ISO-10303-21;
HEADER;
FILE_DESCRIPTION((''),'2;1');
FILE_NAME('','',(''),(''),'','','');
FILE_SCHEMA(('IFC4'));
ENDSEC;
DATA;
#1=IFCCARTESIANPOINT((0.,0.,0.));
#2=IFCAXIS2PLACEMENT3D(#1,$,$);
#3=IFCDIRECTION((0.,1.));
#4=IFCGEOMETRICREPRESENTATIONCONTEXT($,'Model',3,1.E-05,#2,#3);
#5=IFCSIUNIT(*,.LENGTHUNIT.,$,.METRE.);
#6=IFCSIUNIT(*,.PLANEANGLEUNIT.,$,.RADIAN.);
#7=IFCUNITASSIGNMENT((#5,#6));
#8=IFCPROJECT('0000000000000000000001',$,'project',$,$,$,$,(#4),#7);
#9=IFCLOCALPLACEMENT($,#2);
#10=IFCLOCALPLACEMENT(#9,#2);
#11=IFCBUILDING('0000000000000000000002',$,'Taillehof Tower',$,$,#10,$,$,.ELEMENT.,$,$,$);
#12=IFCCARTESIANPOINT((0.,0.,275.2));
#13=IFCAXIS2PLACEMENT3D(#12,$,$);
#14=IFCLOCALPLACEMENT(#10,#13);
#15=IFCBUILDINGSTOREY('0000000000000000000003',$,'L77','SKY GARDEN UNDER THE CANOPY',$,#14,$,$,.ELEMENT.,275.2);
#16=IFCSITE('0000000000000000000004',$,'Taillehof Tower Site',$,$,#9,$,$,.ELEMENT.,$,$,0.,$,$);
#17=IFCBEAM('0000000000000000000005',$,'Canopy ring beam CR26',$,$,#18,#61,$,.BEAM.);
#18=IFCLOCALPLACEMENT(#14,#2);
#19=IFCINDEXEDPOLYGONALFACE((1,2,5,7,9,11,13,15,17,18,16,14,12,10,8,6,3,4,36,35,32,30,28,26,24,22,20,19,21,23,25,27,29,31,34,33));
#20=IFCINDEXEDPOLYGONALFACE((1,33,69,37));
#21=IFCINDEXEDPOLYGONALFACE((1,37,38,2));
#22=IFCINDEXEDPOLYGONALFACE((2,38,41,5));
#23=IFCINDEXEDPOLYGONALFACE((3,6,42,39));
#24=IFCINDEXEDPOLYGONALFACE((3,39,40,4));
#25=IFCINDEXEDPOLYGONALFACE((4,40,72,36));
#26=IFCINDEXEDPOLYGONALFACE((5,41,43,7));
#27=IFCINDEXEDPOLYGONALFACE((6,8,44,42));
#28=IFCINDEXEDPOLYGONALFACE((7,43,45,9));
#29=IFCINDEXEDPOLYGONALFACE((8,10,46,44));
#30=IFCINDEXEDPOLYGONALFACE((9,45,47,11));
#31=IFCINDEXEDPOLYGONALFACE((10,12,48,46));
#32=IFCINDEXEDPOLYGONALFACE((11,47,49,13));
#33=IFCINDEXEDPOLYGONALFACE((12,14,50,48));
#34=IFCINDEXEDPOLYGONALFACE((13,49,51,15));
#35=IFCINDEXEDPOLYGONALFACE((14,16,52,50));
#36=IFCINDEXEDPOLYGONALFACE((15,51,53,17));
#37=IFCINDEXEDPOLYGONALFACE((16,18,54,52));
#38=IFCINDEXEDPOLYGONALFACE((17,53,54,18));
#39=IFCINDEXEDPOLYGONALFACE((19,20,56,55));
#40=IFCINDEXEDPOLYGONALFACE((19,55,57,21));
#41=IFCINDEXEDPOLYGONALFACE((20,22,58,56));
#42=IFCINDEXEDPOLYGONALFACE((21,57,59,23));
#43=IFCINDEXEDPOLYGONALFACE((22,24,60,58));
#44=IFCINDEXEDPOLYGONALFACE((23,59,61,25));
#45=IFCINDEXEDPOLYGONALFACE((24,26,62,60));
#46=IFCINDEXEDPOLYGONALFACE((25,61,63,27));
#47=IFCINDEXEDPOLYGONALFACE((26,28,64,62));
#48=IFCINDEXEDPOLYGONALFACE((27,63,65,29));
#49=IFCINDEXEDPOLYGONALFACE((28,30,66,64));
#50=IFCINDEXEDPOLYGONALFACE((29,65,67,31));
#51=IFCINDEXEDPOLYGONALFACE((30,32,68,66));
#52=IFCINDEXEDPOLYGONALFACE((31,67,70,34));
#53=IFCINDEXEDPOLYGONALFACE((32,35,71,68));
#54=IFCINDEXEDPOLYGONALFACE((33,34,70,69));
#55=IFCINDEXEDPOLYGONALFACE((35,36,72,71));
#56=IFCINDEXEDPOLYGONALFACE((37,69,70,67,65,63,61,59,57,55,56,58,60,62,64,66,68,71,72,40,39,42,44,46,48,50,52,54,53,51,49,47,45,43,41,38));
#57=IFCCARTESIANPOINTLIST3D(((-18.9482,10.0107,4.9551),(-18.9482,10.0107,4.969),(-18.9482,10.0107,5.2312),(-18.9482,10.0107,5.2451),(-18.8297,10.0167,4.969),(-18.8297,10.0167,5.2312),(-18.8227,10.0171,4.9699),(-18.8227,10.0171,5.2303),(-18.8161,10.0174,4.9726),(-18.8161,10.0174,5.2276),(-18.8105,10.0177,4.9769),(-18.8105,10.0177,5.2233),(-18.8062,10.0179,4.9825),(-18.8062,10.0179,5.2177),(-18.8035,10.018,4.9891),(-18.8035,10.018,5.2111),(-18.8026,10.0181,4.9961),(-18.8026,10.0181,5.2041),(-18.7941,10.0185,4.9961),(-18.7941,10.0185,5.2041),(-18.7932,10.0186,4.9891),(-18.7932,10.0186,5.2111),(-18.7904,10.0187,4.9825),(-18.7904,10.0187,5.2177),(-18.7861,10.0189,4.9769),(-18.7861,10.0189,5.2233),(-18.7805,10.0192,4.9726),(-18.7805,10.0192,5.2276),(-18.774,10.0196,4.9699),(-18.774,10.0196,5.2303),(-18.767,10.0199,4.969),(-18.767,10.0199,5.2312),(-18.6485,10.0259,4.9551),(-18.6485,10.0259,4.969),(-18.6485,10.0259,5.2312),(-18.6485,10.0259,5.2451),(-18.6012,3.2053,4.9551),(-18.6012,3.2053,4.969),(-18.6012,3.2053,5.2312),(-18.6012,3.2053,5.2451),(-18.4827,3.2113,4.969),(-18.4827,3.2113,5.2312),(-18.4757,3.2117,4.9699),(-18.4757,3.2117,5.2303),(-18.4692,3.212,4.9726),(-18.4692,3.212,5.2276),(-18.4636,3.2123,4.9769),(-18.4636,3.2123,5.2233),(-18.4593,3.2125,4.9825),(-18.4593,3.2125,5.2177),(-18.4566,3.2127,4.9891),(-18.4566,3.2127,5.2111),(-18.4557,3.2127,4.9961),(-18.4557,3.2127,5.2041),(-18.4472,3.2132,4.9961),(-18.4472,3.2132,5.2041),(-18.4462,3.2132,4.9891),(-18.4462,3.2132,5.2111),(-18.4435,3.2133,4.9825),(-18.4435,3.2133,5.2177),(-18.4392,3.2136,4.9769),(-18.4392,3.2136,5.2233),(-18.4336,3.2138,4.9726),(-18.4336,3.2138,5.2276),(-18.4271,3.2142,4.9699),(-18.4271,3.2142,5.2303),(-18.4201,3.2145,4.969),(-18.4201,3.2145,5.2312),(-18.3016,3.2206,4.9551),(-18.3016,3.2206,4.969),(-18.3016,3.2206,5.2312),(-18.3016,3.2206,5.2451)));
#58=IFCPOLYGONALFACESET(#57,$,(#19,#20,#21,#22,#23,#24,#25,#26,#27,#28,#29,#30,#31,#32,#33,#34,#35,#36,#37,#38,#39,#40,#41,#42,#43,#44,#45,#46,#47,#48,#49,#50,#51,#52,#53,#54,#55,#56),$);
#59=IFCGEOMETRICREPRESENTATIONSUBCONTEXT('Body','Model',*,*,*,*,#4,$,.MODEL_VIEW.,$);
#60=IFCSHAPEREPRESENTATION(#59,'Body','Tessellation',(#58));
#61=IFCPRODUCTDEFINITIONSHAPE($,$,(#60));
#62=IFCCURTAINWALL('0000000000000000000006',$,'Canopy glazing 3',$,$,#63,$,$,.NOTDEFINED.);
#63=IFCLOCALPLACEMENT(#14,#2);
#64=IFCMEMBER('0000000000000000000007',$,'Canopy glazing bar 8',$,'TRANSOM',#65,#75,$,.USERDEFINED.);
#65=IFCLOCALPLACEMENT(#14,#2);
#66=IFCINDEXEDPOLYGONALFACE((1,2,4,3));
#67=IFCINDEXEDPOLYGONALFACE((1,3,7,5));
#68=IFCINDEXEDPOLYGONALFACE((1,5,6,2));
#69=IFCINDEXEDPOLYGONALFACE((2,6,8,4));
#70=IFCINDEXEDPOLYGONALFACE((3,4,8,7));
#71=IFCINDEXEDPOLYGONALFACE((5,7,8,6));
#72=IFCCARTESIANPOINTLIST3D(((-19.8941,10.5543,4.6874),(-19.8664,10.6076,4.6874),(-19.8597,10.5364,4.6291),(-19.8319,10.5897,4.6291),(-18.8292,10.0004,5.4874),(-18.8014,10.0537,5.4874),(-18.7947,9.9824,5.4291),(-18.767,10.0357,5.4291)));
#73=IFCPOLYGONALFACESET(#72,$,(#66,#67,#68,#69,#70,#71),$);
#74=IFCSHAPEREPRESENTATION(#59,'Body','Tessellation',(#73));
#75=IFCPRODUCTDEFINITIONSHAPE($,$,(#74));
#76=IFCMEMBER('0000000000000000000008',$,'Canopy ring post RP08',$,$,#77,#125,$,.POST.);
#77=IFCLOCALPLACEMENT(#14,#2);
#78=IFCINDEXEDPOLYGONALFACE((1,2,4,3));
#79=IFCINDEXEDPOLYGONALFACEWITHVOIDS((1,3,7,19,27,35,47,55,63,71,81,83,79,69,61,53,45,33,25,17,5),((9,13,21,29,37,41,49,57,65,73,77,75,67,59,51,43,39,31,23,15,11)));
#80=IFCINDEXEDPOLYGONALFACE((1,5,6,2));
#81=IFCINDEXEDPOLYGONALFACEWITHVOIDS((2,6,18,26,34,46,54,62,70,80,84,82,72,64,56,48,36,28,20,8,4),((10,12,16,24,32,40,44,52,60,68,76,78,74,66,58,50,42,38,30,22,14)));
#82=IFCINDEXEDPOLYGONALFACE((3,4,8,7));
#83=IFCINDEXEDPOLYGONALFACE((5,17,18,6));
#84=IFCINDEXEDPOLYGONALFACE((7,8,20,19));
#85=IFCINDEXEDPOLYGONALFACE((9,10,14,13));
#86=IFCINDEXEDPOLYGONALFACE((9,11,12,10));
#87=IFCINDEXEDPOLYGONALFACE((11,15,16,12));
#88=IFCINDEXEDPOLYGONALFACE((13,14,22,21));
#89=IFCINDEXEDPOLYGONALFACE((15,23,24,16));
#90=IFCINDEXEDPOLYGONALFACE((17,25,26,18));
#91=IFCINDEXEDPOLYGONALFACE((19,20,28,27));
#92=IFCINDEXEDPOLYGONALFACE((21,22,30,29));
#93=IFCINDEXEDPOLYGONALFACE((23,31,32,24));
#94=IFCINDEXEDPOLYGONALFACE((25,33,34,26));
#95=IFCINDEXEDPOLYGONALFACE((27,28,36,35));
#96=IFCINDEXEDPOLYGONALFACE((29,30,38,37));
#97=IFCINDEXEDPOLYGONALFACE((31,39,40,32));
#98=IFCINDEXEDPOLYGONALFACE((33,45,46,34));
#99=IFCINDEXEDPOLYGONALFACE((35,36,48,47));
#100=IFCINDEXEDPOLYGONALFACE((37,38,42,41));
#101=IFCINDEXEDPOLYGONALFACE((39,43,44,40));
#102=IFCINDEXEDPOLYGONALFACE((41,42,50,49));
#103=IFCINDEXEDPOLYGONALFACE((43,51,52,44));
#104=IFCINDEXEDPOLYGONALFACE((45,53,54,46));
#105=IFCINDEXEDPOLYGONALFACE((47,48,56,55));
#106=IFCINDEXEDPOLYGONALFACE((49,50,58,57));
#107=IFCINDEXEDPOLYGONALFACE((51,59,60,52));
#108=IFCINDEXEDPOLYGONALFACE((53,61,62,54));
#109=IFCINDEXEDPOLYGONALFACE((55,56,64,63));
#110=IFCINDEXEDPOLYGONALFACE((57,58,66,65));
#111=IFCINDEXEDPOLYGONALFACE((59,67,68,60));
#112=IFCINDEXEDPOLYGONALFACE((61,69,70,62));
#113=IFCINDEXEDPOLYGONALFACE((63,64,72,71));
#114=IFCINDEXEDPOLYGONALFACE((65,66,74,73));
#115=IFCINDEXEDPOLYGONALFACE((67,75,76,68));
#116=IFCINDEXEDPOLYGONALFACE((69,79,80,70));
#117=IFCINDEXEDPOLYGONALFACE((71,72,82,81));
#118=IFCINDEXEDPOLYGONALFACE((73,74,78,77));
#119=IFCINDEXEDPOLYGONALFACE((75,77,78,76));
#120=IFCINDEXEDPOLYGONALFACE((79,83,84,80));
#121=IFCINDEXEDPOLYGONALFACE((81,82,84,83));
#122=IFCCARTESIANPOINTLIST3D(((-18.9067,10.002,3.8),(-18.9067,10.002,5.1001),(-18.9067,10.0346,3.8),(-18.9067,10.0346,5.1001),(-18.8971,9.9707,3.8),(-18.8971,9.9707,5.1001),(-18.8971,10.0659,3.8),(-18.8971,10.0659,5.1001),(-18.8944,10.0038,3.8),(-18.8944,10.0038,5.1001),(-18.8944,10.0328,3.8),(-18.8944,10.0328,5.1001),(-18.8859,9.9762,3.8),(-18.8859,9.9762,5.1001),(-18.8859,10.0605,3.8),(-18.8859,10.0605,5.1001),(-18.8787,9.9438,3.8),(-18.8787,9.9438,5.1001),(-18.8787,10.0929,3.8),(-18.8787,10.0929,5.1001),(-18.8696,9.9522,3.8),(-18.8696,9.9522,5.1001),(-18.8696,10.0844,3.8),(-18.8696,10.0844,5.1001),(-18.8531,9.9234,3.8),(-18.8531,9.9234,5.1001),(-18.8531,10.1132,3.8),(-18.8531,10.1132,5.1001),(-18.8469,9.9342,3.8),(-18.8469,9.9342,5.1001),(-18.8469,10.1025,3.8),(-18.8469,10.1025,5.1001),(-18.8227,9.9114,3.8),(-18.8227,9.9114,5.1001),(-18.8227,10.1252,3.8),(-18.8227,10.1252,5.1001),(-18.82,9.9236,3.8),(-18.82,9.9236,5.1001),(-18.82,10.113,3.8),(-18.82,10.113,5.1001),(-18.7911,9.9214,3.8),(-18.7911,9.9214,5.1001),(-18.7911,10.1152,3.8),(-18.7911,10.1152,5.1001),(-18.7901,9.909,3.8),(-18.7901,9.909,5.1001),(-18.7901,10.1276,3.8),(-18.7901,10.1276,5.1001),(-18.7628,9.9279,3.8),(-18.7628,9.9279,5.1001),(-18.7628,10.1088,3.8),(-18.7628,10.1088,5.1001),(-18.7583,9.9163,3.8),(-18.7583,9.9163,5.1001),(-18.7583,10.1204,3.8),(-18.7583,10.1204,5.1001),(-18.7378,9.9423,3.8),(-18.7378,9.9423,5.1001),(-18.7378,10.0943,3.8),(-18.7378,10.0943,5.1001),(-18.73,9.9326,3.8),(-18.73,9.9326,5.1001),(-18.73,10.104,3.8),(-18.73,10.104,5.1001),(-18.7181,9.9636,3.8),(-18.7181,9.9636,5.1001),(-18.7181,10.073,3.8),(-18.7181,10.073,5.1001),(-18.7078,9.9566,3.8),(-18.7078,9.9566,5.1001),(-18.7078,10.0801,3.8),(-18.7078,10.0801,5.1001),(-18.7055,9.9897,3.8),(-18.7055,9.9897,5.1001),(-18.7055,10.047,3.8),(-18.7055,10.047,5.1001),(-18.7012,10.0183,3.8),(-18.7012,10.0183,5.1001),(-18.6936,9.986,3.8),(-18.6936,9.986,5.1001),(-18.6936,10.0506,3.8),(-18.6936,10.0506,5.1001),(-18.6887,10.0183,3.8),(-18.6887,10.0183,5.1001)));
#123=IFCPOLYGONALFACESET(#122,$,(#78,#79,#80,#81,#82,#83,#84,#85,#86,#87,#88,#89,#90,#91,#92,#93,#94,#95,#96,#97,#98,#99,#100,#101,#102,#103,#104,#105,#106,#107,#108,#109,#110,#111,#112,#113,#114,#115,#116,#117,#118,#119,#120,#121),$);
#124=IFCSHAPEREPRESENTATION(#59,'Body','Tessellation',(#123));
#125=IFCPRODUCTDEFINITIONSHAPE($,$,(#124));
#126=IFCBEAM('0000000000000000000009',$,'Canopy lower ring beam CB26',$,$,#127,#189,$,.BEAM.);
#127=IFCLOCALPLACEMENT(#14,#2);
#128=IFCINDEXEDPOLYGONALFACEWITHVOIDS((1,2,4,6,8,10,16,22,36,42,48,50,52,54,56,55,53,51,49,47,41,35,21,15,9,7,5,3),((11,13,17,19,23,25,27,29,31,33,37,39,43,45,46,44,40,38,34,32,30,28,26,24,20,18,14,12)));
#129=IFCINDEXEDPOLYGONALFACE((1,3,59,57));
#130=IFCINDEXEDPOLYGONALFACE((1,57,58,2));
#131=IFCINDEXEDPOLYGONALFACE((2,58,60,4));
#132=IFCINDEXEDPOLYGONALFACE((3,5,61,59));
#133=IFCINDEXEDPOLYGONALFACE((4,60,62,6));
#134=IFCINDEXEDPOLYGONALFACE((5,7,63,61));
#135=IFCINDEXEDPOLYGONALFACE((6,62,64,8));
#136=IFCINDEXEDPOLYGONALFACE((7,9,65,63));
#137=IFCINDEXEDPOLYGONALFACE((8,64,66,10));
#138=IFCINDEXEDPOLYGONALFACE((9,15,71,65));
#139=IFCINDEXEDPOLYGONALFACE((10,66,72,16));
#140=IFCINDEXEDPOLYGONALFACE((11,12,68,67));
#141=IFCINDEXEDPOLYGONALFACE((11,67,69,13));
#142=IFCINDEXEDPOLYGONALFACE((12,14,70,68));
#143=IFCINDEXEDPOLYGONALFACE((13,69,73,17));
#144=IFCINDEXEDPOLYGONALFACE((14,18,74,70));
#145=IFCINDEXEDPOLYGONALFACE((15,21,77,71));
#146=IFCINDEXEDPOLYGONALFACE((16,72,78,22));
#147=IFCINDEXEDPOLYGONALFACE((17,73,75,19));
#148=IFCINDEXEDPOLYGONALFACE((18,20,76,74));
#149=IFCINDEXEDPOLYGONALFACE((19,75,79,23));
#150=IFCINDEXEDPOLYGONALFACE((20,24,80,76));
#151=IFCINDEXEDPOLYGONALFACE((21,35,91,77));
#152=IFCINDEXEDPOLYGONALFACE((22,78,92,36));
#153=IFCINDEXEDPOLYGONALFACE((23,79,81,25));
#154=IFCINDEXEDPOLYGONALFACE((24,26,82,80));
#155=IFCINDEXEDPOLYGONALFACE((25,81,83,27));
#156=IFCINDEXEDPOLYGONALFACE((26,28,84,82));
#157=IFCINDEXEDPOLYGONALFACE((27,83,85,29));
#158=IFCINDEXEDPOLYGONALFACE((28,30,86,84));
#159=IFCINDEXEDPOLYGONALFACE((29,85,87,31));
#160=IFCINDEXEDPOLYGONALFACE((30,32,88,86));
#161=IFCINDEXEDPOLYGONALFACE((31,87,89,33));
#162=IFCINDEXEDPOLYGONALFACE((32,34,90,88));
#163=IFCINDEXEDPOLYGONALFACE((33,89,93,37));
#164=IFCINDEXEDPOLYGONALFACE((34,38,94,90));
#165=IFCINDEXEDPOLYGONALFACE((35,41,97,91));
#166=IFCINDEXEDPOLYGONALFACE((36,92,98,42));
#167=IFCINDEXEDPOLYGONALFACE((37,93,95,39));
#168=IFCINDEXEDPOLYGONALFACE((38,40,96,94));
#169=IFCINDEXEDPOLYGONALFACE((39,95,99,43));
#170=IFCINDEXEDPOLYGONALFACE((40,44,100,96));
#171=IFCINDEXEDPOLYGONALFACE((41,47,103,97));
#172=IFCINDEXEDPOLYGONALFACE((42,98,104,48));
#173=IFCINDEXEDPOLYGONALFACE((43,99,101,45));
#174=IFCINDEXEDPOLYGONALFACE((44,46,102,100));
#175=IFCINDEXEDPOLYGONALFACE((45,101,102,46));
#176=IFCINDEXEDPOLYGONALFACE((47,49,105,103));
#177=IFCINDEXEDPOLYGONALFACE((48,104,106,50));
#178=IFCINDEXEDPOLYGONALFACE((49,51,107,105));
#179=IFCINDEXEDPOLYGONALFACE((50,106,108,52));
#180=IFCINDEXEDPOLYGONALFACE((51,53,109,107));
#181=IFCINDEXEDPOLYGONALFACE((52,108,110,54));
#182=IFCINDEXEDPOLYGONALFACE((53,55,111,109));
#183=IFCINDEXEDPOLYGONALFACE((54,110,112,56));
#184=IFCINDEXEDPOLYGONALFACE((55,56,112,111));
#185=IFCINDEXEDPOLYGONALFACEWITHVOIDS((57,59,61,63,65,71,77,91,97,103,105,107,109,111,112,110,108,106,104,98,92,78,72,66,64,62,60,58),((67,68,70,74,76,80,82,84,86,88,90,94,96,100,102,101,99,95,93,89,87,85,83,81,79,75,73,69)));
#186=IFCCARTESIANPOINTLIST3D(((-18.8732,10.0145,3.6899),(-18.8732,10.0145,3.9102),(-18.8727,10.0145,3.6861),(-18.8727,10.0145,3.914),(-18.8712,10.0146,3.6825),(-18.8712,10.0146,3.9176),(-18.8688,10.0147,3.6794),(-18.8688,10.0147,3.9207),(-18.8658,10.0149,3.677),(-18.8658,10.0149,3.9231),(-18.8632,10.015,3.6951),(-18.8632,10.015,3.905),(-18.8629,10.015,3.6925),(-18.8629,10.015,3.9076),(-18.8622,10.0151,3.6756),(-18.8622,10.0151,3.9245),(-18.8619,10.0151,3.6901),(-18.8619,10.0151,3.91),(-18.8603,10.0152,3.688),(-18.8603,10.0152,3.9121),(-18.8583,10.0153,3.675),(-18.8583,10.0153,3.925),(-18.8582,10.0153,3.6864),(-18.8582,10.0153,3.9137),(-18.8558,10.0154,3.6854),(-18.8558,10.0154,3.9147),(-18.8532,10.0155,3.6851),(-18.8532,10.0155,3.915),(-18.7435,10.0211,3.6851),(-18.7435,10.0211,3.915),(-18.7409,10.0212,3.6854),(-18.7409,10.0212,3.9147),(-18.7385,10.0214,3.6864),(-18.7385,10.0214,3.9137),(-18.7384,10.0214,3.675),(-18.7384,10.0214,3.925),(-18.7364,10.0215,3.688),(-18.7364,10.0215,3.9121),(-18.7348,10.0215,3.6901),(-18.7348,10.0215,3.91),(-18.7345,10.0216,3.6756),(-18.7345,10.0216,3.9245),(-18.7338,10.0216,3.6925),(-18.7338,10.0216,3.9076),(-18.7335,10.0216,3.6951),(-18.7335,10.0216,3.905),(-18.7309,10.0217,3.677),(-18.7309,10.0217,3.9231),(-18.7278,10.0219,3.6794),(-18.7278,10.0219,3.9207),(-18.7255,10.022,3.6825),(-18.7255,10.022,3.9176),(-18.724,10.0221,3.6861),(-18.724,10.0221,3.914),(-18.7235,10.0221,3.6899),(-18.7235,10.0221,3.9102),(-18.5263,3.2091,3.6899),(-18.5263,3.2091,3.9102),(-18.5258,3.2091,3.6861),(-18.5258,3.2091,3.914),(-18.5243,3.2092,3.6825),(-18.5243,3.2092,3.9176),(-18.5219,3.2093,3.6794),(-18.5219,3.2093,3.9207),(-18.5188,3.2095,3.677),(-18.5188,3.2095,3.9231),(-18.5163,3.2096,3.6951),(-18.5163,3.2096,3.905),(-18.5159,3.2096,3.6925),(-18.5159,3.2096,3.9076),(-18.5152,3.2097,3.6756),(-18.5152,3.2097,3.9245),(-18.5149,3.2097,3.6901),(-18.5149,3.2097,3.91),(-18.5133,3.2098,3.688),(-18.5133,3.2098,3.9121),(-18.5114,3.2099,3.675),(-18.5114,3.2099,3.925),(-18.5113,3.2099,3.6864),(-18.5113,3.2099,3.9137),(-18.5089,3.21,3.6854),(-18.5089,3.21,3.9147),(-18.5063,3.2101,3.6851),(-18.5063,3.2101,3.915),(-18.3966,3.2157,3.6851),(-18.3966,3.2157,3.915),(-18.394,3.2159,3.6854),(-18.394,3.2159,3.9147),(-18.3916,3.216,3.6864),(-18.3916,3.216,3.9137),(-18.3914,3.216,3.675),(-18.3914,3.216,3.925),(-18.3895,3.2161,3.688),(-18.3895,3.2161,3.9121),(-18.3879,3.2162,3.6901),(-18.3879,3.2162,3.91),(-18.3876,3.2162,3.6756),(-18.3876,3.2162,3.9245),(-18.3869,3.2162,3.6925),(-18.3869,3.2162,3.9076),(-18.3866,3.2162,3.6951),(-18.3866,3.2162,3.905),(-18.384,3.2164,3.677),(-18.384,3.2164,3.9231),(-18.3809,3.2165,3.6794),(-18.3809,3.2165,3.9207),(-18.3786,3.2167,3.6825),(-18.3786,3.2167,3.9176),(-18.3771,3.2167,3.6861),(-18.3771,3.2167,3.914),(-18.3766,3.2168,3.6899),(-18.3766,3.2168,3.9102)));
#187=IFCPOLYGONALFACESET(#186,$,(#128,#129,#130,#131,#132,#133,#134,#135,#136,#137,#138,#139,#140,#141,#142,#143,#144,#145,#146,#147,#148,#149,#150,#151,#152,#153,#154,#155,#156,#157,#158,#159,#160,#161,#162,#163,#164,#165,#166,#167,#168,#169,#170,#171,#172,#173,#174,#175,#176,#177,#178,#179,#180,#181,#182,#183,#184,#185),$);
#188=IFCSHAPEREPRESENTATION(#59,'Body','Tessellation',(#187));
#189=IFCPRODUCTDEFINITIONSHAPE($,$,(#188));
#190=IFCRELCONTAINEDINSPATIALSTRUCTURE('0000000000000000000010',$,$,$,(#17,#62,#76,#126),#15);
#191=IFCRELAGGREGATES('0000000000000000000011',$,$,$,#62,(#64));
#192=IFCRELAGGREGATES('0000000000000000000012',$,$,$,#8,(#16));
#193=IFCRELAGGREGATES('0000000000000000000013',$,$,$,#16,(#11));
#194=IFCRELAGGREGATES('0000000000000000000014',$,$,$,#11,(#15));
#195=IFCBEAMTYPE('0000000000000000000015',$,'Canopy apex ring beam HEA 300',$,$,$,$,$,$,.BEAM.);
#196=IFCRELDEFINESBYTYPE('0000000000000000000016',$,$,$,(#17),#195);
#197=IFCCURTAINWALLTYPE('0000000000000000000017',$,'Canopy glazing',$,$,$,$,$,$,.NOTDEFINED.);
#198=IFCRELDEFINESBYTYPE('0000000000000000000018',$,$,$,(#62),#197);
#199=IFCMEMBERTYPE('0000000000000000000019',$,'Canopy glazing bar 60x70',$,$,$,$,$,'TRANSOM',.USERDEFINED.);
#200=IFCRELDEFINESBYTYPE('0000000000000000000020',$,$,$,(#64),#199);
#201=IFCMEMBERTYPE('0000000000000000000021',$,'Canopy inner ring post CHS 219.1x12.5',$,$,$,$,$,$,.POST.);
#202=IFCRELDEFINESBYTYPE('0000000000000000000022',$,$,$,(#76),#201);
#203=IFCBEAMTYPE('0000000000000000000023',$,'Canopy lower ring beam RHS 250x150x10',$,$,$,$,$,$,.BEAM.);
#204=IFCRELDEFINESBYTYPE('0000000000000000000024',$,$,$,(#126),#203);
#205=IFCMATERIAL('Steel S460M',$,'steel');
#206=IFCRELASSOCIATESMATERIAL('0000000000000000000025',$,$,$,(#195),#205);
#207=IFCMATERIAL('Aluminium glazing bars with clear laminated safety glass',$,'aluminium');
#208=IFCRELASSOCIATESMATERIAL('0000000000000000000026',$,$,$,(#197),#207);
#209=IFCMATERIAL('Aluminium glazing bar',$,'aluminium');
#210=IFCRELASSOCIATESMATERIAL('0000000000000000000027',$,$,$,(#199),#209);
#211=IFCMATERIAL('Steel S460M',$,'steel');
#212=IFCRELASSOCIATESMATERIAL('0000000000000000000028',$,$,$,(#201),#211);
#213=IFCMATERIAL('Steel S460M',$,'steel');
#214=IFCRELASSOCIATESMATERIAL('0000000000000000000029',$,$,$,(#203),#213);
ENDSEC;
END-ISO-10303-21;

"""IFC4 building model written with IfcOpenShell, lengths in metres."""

from ifc_helpers import new_model, si_unit, direction, frame, origin, origin_2d, place, context, subcontext, project, spatial, rectangle, hollow_rectangle, hollow_circle, i_section, extrude, material, material_profile, profile_set, type_object, element, aggregate, save


model = new_model("IFC4")

# Units and contexts
model_context = context("Model", 3, precision=1e-05, world=origin(), true_north=direction((0.0, 1.0)))
body_context = subcontext(model_context, "Body", "Model", "MODEL_VIEW")
ifc_project = project(units=[si_unit("LENGTHUNIT", "METRE"), si_unit("PLANEANGLEUNIT", "RADIAN")], contexts=[model_context])

# Site, building, storey
site_placement = place(None, origin())
site = spatial("IfcSite", under=ifc_project, at=site_placement, Name="Taillehof Tower Site", CompositionType="ELEMENT", RefElevation=0.0)
building_placement = place(site_placement, origin())
building = spatial("IfcBuilding", under=site, at=building_placement, Name="Taillehof Tower", CompositionType="ELEMENT")
storey_placement = place(building_placement, frame((0.0, 0.0, 275.2)))
storey = spatial("IfcBuildingStorey", under=building, at=storey_placement, Name="L77", Description="SKY GARDEN UNDER THE CANOPY", CompositionType="ELEMENT", Elevation=275.2)

# Beam
ifc_material_1 = material(Name="Steel S460M", Category="steel")
ifc_material_profile_1 = material_profile(ifc_material_1, i_section(OverallWidth=0.3, OverallDepth=0.29, WebThickness=0.0085, FlangeThickness=0.0139, FilletRadius=0.0271, at=origin_2d()), Name="HEA 300")
ifc_profile_set_1 = profile_set([ifc_material_profile_1], Name="Steel S460M")
beam_type_1 = type_object("IfcBeamType", Name="Canopy apex ring beam HEA 300", PredefinedType="BEAM", material=ifc_profile_set_1)
beam_1_placement = place(storey_placement, frame((-18.7983, 10.0183, 5.1001), z_axis=(0.050911, -0.998703, 0.0), x_axis=(0.998703, 0.050911, 0.0)))
element("IfcBeam", 1, at=beam_1_placement, inside=storey, type_object=beam_type_1, Name="Canopy ring beam CR26", PredefinedType="BEAM", context=body_context, shape_type="SweptSolid", body=[
    extrude(i_section(OverallWidth=0.3, OverallDepth=0.29, WebThickness=0.0085, FlangeThickness=0.0139, FilletRadius=0.0271, at=origin_2d()), origin(), (0.0, 0.0, 1.0), 6.8142),
])

# Curtain wall, member
ifc_material_2 = material(Name="Aluminium glazing bars with clear laminated safety glass", Category="aluminium")
curtain_wall_type = type_object("IfcCurtainWallType", Name="Canopy glazing", PredefinedType="NOTDEFINED", material=ifc_material_2)
curtain_wall_placement = place(storey_placement, origin())
curtain_wall = element("IfcCurtainWall", 2, at=curtain_wall_placement, inside=storey, type_object=curtain_wall_type, Name="Canopy glazing 3", PredefinedType="NOTDEFINED")
ifc_material_3 = material(Name="Aluminium glazing bar", Category="aluminium")
ifc_material_profile_2 = material_profile(ifc_material_3, rectangle(XDim=0.0601, YDim=0.0701, at=origin_2d()), Name="AL 60x70")
ifc_profile_set_2 = profile_set([ifc_material_profile_2], Name="Aluminium glazing bar")
member_type_1 = type_object("IfcMemberType", Name="Canopy glazing bar 60x70", ElementType="TRANSOM", PredefinedType="USERDEFINED", material=ifc_profile_set_2)
member_1_placement = place(storey_placement, frame((-19.863, 10.572, 4.6582), z_axis=(0.738219, -0.384002, 0.554595), x_axis=(0.461474, 0.887154, 0.0)))
member_1 = element("IfcMember", 3, at=member_1_placement, type_object=member_type_1, Name="Canopy glazing bar 8", ObjectType="TRANSOM", PredefinedType="USERDEFINED", context=body_context, shape_type="SweptSolid", body=[
    extrude(rectangle(XDim=0.0601, YDim=0.0701, at=origin_2d()), origin(), (0.0, 0.0, 1.0), 1.4426),
])
aggregate(curtain_wall, [member_1])

# Member
ifc_material_4 = material(Name="Steel S460M", Category="steel")
ifc_material_profile_3 = material_profile(ifc_material_4, hollow_circle(Radius=0.1096, WallThickness=0.0125, at=origin_2d()), Name="CHS 219.1x12.5")
ifc_profile_set_3 = profile_set([ifc_material_profile_3], Name="Steel S460M")
member_type_2 = type_object("IfcMemberType", Name="Canopy inner ring post CHS 219.1x12.5", PredefinedType="POST", material=ifc_profile_set_3)
member_2_placement = place(storey_placement, frame((-18.7983, 10.0183, 3.8), z_axis=(0.0, 0.0, 1.0), x_axis=(1.0, 0.0, 0.0)))
element("IfcMember", 4, at=member_2_placement, inside=storey, type_object=member_type_2, Name="Canopy ring post RP08", PredefinedType="POST", context=body_context, shape_type="SweptSolid", body=[
    extrude(hollow_circle(Radius=0.1096, WallThickness=0.0125, at=origin_2d()), origin(), (0.0, 0.0, 1.0), 1.3),
])

# Beam
ifc_material_5 = material(Name="Steel S460M", Category="steel")
ifc_material_profile_4 = material_profile(ifc_material_5, hollow_rectangle(XDim=0.1499, YDim=0.25, WallThickness=0.01, InnerFilletRadius=0.01, OuterFilletRadius=0.0149, at=origin_2d()), Name="RHS 250x150x10")
ifc_profile_set_4 = profile_set([ifc_material_profile_4], Name="Steel S460M")
beam_type_2 = type_object("IfcBeamType", Name="Canopy lower ring beam RHS 250x150x10", PredefinedType="BEAM", material=ifc_profile_set_4)
beam_2_placement = place(storey_placement, frame((-18.7983, 10.0183, 3.8), z_axis=(0.050911, -0.998703, 0.0), x_axis=(0.998703, 0.050911, 0.0)))
element("IfcBeam", 5, at=beam_2_placement, inside=storey, type_object=beam_type_2, Name="Canopy lower ring beam CB26", PredefinedType="BEAM", context=body_context, shape_type="SweptSolid", body=[
    extrude(hollow_rectangle(XDim=0.1499, YDim=0.25, WallThickness=0.01, InnerFilletRadius=0.01, OuterFilletRadius=0.0149, at=origin_2d()), origin(), (0.0, 0.0, 1.0), 6.8142),
])

save(model, "model.ifc")
